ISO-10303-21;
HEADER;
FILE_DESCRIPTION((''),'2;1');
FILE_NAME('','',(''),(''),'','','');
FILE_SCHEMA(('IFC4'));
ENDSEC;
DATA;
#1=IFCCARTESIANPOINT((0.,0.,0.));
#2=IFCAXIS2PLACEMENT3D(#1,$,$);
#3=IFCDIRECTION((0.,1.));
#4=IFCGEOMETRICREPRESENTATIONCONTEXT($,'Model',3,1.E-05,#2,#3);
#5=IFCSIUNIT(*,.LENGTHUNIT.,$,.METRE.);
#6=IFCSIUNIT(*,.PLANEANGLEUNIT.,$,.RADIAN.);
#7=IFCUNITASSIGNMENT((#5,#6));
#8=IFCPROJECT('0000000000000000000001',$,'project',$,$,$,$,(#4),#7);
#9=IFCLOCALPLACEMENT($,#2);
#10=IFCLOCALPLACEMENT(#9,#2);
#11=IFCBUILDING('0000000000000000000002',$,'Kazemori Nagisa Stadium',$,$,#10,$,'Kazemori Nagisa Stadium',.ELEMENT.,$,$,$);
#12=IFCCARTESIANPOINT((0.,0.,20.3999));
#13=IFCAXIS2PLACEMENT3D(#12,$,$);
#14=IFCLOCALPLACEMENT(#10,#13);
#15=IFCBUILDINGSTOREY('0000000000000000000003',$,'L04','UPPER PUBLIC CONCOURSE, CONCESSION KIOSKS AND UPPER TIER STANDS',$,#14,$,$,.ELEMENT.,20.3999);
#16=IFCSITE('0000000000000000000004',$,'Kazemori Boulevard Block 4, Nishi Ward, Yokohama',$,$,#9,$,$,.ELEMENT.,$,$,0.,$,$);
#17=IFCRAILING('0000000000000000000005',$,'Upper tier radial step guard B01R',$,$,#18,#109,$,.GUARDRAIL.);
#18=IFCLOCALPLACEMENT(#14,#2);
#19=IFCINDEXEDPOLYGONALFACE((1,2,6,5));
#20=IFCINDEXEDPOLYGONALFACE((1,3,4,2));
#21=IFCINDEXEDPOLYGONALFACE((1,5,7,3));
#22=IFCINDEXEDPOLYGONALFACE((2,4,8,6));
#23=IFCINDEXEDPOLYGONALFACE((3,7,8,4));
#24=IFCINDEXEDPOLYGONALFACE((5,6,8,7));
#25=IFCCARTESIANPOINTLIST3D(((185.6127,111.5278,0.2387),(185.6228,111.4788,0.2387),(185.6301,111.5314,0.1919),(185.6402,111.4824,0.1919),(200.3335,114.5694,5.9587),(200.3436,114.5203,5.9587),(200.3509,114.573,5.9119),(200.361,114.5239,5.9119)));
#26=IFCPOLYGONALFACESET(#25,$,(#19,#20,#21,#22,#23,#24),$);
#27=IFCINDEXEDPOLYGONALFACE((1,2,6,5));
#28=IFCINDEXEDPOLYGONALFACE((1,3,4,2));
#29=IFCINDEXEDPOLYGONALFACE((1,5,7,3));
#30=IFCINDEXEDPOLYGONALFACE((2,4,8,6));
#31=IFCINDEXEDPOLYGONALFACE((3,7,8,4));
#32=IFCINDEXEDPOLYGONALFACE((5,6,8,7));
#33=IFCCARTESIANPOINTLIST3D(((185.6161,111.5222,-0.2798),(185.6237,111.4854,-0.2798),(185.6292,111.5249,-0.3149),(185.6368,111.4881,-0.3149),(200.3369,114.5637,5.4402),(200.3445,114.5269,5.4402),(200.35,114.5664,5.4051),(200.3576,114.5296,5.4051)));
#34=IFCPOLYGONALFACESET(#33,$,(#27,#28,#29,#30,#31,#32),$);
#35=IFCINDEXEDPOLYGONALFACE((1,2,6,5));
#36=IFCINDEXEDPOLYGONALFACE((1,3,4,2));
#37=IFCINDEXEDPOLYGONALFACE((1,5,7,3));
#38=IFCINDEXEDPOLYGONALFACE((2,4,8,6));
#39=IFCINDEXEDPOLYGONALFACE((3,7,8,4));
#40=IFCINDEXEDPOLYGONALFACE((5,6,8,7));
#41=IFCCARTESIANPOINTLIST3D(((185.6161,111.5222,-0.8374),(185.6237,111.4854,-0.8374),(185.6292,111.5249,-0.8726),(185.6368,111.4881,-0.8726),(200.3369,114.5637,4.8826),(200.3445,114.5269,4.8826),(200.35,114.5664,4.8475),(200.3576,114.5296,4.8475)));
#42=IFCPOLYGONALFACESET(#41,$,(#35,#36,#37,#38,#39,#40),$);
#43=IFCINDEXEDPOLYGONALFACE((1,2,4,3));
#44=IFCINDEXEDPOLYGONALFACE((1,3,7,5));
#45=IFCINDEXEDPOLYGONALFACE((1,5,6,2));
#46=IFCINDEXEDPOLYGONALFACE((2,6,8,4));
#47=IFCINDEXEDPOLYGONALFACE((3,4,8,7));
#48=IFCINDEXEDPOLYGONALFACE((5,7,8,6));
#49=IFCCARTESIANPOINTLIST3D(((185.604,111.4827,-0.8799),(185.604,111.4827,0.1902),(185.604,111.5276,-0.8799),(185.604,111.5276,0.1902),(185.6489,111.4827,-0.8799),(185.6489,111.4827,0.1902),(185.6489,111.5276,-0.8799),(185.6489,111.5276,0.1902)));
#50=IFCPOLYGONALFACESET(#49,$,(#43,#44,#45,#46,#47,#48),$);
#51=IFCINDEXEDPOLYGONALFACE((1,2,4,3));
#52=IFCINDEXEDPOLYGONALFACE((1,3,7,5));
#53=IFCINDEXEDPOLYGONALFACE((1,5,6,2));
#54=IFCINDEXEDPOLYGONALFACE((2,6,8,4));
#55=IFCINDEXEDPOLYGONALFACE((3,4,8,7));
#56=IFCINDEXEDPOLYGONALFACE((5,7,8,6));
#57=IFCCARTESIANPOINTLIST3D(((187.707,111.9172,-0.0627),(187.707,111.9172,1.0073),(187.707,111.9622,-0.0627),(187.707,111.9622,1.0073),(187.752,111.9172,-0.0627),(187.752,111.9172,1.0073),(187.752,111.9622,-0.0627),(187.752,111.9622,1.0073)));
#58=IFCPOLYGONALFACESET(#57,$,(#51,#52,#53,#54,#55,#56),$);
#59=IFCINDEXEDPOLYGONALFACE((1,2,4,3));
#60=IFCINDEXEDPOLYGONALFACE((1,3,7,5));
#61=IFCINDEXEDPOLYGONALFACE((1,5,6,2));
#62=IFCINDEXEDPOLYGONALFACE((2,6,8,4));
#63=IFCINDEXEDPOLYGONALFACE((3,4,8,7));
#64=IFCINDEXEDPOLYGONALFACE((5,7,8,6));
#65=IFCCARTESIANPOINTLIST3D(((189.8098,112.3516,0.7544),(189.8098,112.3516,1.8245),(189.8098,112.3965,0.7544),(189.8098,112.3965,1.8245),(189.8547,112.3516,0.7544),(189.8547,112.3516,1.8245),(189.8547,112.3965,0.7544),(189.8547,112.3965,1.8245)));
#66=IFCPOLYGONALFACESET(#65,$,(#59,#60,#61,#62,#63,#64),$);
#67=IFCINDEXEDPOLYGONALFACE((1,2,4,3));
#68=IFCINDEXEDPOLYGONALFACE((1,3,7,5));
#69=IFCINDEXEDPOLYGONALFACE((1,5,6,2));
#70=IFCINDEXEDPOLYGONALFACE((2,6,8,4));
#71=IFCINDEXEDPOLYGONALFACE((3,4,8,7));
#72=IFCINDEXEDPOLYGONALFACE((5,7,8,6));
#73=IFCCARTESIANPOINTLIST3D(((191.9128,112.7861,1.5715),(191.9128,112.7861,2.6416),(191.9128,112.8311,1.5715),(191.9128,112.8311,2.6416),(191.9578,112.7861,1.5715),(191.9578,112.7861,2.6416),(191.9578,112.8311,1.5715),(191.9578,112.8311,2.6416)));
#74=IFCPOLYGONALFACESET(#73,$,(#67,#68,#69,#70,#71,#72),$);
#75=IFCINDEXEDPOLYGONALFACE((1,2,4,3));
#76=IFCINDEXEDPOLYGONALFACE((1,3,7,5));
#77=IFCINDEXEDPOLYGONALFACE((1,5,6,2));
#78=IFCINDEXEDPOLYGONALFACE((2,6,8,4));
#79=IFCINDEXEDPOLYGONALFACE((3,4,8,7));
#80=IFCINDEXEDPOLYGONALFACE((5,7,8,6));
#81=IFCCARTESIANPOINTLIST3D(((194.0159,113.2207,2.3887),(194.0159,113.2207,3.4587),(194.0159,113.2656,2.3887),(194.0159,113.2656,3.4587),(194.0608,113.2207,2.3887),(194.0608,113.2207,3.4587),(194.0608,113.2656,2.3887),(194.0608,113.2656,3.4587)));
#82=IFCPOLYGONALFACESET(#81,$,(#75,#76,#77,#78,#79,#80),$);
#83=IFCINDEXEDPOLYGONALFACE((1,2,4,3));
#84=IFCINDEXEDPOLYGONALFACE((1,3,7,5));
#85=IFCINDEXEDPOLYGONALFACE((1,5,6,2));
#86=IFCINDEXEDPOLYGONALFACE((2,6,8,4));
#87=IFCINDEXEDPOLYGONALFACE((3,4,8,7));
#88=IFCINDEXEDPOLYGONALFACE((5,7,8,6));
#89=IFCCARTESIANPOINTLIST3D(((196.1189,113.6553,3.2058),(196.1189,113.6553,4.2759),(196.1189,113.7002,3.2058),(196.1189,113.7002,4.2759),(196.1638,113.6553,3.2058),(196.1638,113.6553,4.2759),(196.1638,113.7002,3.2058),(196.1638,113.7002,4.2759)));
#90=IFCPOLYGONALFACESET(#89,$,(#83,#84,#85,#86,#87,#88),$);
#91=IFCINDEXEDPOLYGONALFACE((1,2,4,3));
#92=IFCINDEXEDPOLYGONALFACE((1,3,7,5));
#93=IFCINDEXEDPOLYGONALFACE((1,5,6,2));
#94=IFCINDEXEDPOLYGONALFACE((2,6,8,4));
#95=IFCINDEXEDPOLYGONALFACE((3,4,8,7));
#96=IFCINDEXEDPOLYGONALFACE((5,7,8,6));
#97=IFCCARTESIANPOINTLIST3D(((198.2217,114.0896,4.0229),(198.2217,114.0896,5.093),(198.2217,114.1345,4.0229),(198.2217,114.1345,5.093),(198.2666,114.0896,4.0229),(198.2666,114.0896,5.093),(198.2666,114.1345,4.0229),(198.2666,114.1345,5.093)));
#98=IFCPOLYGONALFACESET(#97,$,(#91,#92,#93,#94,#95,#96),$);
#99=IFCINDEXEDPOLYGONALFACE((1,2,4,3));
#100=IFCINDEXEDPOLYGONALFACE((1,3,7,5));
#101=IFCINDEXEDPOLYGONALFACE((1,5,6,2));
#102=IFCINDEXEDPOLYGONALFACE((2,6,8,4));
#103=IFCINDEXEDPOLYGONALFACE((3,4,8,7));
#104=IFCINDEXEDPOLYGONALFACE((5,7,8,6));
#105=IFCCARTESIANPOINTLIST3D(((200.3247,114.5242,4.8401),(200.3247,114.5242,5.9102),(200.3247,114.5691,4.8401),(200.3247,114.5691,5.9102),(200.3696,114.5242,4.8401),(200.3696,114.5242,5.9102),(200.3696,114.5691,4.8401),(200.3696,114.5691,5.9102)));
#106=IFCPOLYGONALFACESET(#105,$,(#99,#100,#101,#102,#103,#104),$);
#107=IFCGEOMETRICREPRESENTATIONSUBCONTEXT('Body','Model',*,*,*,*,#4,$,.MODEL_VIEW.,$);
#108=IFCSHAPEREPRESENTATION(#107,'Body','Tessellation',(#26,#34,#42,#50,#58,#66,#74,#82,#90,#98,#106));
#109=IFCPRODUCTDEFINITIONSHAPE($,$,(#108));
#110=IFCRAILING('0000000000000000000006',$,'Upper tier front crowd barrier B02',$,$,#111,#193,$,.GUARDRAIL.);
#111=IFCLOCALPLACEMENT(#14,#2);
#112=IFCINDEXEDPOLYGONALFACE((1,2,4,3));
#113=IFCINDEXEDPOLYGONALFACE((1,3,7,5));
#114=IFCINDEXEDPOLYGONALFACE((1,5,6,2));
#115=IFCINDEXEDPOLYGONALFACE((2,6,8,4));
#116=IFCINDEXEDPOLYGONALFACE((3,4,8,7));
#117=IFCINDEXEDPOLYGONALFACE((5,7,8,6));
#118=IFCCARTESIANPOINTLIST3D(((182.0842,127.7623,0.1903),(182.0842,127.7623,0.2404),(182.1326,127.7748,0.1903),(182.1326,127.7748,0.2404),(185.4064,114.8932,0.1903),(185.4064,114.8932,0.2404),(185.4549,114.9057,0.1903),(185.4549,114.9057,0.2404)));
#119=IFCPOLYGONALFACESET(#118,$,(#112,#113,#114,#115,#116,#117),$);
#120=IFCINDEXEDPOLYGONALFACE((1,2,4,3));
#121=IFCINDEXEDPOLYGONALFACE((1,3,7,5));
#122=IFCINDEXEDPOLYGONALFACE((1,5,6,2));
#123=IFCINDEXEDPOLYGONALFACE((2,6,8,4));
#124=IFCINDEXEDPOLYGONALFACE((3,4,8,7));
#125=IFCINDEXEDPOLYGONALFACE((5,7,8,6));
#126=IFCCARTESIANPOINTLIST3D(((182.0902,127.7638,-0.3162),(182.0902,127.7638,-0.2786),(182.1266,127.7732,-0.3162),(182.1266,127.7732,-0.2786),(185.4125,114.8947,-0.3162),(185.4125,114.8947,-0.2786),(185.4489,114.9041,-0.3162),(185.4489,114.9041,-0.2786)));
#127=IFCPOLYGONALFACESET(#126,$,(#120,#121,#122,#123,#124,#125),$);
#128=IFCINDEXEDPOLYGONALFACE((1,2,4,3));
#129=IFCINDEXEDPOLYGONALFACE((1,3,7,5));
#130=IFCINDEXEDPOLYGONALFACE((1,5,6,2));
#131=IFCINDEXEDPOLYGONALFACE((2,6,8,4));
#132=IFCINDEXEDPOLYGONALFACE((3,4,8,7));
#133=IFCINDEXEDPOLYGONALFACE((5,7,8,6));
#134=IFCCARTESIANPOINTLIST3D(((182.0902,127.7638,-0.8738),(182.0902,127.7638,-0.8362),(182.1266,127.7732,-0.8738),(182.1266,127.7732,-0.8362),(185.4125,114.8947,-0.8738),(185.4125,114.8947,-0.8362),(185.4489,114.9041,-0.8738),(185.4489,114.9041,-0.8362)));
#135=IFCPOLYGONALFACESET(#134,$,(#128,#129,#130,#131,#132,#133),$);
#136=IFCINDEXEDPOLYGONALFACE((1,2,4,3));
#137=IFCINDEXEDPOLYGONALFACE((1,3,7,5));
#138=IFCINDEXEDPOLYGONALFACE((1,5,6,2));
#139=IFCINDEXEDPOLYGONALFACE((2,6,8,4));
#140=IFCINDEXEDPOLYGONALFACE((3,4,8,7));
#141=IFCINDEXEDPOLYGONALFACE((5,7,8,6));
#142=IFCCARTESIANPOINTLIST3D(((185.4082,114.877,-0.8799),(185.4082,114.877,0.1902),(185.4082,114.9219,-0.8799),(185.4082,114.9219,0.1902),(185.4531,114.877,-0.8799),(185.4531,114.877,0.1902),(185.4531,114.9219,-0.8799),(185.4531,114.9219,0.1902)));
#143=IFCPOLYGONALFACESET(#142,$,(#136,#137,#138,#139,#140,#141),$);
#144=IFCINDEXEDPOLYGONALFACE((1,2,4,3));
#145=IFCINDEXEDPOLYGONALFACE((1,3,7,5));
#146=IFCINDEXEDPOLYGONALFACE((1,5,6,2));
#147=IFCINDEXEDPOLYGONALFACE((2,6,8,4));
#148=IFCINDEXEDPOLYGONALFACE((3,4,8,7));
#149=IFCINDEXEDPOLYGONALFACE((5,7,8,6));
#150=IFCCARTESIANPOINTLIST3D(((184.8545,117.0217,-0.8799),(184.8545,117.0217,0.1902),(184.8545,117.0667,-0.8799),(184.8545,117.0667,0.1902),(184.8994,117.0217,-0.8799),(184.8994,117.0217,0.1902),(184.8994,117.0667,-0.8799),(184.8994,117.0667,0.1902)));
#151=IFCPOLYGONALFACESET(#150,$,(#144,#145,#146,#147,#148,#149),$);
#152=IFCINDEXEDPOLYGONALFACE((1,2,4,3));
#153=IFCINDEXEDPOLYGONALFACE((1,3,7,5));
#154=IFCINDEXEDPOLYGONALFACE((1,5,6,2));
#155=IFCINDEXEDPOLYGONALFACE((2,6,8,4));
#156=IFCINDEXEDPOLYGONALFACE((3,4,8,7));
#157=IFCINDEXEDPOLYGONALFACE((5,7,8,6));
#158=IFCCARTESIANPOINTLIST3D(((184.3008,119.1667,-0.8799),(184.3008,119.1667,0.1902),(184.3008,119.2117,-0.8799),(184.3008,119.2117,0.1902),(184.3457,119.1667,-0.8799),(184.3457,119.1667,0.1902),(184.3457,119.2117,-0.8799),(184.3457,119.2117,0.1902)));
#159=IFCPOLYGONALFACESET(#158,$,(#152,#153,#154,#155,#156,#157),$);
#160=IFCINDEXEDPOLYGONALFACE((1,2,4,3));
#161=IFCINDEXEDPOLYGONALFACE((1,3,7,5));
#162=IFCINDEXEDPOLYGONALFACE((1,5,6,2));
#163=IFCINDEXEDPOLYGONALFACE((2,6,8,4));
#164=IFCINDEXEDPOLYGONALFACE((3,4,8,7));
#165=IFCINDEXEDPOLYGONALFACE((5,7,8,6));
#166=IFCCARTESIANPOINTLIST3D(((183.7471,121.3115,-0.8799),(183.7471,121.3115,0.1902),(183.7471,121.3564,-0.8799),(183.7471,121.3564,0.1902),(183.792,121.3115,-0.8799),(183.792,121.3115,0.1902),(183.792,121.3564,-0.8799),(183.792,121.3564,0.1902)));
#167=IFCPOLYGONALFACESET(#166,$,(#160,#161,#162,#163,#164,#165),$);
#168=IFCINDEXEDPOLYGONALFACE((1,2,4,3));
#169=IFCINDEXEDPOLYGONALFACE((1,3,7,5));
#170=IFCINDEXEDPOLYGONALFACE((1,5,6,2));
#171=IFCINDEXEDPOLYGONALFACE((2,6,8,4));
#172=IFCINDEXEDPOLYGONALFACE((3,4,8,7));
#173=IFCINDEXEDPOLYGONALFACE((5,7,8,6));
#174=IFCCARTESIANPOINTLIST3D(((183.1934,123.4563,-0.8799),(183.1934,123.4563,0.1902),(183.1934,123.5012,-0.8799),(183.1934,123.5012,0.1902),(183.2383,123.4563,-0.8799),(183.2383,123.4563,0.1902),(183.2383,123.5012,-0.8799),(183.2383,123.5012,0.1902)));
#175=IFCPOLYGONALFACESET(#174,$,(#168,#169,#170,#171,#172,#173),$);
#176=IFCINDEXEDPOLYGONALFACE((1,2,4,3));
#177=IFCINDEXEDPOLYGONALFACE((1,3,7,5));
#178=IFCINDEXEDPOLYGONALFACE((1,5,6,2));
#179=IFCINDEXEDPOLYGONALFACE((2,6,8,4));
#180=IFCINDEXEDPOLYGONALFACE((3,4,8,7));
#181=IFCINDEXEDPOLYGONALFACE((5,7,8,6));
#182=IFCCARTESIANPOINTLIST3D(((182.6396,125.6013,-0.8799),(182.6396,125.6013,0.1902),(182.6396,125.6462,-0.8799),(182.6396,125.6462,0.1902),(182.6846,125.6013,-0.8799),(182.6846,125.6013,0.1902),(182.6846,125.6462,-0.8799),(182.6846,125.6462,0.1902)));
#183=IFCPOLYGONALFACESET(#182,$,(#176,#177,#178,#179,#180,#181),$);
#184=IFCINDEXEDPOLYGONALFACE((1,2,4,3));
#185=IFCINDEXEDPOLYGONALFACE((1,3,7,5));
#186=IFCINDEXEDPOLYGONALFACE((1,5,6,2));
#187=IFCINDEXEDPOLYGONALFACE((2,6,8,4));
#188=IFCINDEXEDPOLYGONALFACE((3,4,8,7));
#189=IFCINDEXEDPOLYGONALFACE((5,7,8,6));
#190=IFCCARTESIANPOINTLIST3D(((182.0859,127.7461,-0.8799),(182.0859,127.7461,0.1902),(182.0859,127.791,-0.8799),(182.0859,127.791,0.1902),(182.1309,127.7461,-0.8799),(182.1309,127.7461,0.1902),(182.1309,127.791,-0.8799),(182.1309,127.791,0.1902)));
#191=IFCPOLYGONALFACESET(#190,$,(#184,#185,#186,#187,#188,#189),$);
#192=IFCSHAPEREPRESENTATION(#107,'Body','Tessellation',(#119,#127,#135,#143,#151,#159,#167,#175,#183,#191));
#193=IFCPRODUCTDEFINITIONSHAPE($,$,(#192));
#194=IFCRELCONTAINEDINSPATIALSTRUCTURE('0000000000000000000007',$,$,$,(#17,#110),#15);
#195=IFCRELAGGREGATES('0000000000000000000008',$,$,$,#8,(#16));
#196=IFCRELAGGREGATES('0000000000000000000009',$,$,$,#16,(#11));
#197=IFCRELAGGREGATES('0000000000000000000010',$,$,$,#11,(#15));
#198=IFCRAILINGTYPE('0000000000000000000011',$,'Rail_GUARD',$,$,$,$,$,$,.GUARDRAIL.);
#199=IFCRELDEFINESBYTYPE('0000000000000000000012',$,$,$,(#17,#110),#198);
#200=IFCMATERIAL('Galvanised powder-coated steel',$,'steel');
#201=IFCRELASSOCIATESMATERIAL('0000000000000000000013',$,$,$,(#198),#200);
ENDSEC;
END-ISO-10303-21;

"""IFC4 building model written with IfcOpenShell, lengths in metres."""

from ifc_helpers import new_model, si_unit, direction, frame, origin, origin_2d, place, context, subcontext, project, spatial, rectangle, extrude, material, type_object, element, save


model = new_model("IFC4")

# Units and contexts
model_context = context("Model", 3, precision=1e-05, world=origin(), true_north=direction((0.0, 1.0)))
body_context = subcontext(model_context, "Body", "Model", "MODEL_VIEW")
ifc_project = project(units=[si_unit("LENGTHUNIT", "METRE"), si_unit("PLANEANGLEUNIT", "RADIAN")], contexts=[model_context])

# Site, building, storey
site_placement = place(None, origin())
site = spatial("IfcSite", under=ifc_project, at=site_placement, Name="Kazemori Boulevard Block 4, Nishi Ward, Yokohama", CompositionType="ELEMENT", RefElevation=0.0)
building_placement = place(site_placement, origin())
building = spatial("IfcBuilding", under=site, at=building_placement, Name="Kazemori Nagisa Stadium", LongName="Kazemori Nagisa Stadium", CompositionType="ELEMENT")
storey_placement = place(building_placement, frame((0.0, 0.0, 20.3999)))
storey = spatial("IfcBuildingStorey", under=building, at=storey_placement, Name="L04", Description="UPPER PUBLIC CONCOURSE, CONCESSION KIOSKS AND UPPER TIER STANDS", CompositionType="ELEMENT", Elevation=20.3999)

# Railings
ifc_material_1 = material(Name="Galvanised powder-coated steel", Category="steel")
railing_type_1 = type_object("IfcRailingType", Name="Rail_GUARD", PredefinedType="GUARDRAIL", material=ifc_material_1)
railing_1_placement = place(storey_placement, frame((185.6265, 111.5051, -0.8799)))
element("IfcRailing", 1, at=railing_1_placement, inside=storey, type_object=railing_type_1, Name="Upper tier radial step guard B01R", PredefinedType="GUARDRAIL", context=body_context, shape_type="SweptSolid", body=[
    extrude(rectangle(XDim=0.05, YDim=0.05, at=origin_2d()), frame((0.0, 0.0, 1.0952), z_axis=(0.915287, 0.189111, 0.35565), x_axis=(-0.20234, 0.979315, 0.0)), (0.0, 0.0, 1.0), 16.0833),
    extrude(rectangle(XDim=0.0376, YDim=0.0376, at=origin_2d()), frame((0.0, 0.0, 0.5825), z_axis=(0.915287, 0.189111, 0.35565), x_axis=(-0.20234, 0.979315, 0.0)), (0.0, 0.0, 1.0), 16.0833),
    extrude(rectangle(XDim=0.0376, YDim=0.0376, at=origin_2d()), frame((0.0, 0.0, 0.0249), z_axis=(0.915287, 0.189111, 0.35565), x_axis=(-0.20234, 0.979315, 0.0)), (0.0, 0.0, 1.0), 16.0833),
    extrude(rectangle(XDim=0.0449, YDim=0.0449, at=origin_2d()), origin(), (0.0, 0.0, 1.0), 1.0701),
    extrude(rectangle(XDim=0.0449, YDim=0.0449, at=origin_2d()), frame((2.103, 0.4346, 0.8171)), (0.0, 0.0, 1.0), 1.0701),
    extrude(rectangle(XDim=0.0449, YDim=0.0449, at=origin_2d()), frame((4.2058, 0.8689, 1.6343)), (0.0, 0.0, 1.0), 1.0701),
    extrude(rectangle(XDim=0.0449, YDim=0.0449, at=origin_2d()), frame((6.3088, 1.3035, 2.4514)), (0.0, 0.0, 1.0), 1.0701),
    extrude(rectangle(XDim=0.0449, YDim=0.0449, at=origin_2d()), frame((8.4119, 1.738, 3.2686)), (0.0, 0.0, 1.0), 1.0701),
    extrude(rectangle(XDim=0.0449, YDim=0.0449, at=origin_2d()), frame((10.5149, 2.1726, 4.0857)), (0.0, 0.0, 1.0), 1.0701),
    extrude(rectangle(XDim=0.0449, YDim=0.0449, at=origin_2d()), frame((12.6177, 2.6069, 4.9028)), (0.0, 0.0, 1.0), 1.0701),
    extrude(rectangle(XDim=0.0449, YDim=0.0449, at=origin_2d()), frame((14.7207, 3.0415, 5.72)), (0.0, 0.0, 1.0), 1.0701),
])
railing_2_placement = place(storey_placement, frame((185.4307, 114.8994, -0.8799)))
element("IfcRailing", 2, at=railing_2_placement, inside=storey, type_object=railing_type_1, Name="Upper tier front crowd barrier B02", PredefinedType="GUARDRAIL", context=body_context, shape_type="SweptSolid", body=[
    extrude(rectangle(XDim=0.05, YDim=0.05, at=origin_2d()), frame((0.0, 0.0, 1.0952), z_axis=(-0.249962, 0.968256, 0.0), x_axis=(-0.968256, -0.249962, 0.0)), (0.0, 0.0, 1.0), 13.291),
    extrude(rectangle(XDim=0.0376, YDim=0.0376, at=origin_2d()), frame((0.0, 0.0, 0.5825), z_axis=(-0.249962, 0.968256, 0.0), x_axis=(-0.968256, -0.249962, 0.0)), (0.0, 0.0, 1.0), 13.291),
    extrude(rectangle(XDim=0.0376, YDim=0.0376, at=origin_2d()), frame((0.0, 0.0, 0.0249), z_axis=(-0.249962, 0.968256, 0.0), x_axis=(-0.968256, -0.249962, 0.0)), (0.0, 0.0, 1.0), 13.291),
    extrude(rectangle(XDim=0.0449, YDim=0.0449, at=origin_2d()), origin(), (0.0, 0.0, 1.0), 1.0701),
    extrude(rectangle(XDim=0.0449, YDim=0.0449, at=origin_2d()), frame((-0.5537, 2.1448, 0.0)), (0.0, 0.0, 1.0), 1.0701),
    extrude(rectangle(XDim=0.0449, YDim=0.0449, at=origin_2d()), frame((-1.1074, 4.2898, 0.0)), (0.0, 0.0, 1.0), 1.0701),
    extrude(rectangle(XDim=0.0449, YDim=0.0449, at=origin_2d()), frame((-1.6611, 6.4346, 0.0)), (0.0, 0.0, 1.0), 1.0701),
    extrude(rectangle(XDim=0.0449, YDim=0.0449, at=origin_2d()), frame((-2.2148, 8.5793, 0.0)), (0.0, 0.0, 1.0), 1.0701),
    extrude(rectangle(XDim=0.0449, YDim=0.0449, at=origin_2d()), frame((-2.7686, 10.7244, 0.0)), (0.0, 0.0, 1.0), 1.0701),
    extrude(rectangle(XDim=0.0449, YDim=0.0449, at=origin_2d()), frame((-3.3223, 12.8691, 0.0)), (0.0, 0.0, 1.0), 1.0701),
])

save(model, "model.ifc")
